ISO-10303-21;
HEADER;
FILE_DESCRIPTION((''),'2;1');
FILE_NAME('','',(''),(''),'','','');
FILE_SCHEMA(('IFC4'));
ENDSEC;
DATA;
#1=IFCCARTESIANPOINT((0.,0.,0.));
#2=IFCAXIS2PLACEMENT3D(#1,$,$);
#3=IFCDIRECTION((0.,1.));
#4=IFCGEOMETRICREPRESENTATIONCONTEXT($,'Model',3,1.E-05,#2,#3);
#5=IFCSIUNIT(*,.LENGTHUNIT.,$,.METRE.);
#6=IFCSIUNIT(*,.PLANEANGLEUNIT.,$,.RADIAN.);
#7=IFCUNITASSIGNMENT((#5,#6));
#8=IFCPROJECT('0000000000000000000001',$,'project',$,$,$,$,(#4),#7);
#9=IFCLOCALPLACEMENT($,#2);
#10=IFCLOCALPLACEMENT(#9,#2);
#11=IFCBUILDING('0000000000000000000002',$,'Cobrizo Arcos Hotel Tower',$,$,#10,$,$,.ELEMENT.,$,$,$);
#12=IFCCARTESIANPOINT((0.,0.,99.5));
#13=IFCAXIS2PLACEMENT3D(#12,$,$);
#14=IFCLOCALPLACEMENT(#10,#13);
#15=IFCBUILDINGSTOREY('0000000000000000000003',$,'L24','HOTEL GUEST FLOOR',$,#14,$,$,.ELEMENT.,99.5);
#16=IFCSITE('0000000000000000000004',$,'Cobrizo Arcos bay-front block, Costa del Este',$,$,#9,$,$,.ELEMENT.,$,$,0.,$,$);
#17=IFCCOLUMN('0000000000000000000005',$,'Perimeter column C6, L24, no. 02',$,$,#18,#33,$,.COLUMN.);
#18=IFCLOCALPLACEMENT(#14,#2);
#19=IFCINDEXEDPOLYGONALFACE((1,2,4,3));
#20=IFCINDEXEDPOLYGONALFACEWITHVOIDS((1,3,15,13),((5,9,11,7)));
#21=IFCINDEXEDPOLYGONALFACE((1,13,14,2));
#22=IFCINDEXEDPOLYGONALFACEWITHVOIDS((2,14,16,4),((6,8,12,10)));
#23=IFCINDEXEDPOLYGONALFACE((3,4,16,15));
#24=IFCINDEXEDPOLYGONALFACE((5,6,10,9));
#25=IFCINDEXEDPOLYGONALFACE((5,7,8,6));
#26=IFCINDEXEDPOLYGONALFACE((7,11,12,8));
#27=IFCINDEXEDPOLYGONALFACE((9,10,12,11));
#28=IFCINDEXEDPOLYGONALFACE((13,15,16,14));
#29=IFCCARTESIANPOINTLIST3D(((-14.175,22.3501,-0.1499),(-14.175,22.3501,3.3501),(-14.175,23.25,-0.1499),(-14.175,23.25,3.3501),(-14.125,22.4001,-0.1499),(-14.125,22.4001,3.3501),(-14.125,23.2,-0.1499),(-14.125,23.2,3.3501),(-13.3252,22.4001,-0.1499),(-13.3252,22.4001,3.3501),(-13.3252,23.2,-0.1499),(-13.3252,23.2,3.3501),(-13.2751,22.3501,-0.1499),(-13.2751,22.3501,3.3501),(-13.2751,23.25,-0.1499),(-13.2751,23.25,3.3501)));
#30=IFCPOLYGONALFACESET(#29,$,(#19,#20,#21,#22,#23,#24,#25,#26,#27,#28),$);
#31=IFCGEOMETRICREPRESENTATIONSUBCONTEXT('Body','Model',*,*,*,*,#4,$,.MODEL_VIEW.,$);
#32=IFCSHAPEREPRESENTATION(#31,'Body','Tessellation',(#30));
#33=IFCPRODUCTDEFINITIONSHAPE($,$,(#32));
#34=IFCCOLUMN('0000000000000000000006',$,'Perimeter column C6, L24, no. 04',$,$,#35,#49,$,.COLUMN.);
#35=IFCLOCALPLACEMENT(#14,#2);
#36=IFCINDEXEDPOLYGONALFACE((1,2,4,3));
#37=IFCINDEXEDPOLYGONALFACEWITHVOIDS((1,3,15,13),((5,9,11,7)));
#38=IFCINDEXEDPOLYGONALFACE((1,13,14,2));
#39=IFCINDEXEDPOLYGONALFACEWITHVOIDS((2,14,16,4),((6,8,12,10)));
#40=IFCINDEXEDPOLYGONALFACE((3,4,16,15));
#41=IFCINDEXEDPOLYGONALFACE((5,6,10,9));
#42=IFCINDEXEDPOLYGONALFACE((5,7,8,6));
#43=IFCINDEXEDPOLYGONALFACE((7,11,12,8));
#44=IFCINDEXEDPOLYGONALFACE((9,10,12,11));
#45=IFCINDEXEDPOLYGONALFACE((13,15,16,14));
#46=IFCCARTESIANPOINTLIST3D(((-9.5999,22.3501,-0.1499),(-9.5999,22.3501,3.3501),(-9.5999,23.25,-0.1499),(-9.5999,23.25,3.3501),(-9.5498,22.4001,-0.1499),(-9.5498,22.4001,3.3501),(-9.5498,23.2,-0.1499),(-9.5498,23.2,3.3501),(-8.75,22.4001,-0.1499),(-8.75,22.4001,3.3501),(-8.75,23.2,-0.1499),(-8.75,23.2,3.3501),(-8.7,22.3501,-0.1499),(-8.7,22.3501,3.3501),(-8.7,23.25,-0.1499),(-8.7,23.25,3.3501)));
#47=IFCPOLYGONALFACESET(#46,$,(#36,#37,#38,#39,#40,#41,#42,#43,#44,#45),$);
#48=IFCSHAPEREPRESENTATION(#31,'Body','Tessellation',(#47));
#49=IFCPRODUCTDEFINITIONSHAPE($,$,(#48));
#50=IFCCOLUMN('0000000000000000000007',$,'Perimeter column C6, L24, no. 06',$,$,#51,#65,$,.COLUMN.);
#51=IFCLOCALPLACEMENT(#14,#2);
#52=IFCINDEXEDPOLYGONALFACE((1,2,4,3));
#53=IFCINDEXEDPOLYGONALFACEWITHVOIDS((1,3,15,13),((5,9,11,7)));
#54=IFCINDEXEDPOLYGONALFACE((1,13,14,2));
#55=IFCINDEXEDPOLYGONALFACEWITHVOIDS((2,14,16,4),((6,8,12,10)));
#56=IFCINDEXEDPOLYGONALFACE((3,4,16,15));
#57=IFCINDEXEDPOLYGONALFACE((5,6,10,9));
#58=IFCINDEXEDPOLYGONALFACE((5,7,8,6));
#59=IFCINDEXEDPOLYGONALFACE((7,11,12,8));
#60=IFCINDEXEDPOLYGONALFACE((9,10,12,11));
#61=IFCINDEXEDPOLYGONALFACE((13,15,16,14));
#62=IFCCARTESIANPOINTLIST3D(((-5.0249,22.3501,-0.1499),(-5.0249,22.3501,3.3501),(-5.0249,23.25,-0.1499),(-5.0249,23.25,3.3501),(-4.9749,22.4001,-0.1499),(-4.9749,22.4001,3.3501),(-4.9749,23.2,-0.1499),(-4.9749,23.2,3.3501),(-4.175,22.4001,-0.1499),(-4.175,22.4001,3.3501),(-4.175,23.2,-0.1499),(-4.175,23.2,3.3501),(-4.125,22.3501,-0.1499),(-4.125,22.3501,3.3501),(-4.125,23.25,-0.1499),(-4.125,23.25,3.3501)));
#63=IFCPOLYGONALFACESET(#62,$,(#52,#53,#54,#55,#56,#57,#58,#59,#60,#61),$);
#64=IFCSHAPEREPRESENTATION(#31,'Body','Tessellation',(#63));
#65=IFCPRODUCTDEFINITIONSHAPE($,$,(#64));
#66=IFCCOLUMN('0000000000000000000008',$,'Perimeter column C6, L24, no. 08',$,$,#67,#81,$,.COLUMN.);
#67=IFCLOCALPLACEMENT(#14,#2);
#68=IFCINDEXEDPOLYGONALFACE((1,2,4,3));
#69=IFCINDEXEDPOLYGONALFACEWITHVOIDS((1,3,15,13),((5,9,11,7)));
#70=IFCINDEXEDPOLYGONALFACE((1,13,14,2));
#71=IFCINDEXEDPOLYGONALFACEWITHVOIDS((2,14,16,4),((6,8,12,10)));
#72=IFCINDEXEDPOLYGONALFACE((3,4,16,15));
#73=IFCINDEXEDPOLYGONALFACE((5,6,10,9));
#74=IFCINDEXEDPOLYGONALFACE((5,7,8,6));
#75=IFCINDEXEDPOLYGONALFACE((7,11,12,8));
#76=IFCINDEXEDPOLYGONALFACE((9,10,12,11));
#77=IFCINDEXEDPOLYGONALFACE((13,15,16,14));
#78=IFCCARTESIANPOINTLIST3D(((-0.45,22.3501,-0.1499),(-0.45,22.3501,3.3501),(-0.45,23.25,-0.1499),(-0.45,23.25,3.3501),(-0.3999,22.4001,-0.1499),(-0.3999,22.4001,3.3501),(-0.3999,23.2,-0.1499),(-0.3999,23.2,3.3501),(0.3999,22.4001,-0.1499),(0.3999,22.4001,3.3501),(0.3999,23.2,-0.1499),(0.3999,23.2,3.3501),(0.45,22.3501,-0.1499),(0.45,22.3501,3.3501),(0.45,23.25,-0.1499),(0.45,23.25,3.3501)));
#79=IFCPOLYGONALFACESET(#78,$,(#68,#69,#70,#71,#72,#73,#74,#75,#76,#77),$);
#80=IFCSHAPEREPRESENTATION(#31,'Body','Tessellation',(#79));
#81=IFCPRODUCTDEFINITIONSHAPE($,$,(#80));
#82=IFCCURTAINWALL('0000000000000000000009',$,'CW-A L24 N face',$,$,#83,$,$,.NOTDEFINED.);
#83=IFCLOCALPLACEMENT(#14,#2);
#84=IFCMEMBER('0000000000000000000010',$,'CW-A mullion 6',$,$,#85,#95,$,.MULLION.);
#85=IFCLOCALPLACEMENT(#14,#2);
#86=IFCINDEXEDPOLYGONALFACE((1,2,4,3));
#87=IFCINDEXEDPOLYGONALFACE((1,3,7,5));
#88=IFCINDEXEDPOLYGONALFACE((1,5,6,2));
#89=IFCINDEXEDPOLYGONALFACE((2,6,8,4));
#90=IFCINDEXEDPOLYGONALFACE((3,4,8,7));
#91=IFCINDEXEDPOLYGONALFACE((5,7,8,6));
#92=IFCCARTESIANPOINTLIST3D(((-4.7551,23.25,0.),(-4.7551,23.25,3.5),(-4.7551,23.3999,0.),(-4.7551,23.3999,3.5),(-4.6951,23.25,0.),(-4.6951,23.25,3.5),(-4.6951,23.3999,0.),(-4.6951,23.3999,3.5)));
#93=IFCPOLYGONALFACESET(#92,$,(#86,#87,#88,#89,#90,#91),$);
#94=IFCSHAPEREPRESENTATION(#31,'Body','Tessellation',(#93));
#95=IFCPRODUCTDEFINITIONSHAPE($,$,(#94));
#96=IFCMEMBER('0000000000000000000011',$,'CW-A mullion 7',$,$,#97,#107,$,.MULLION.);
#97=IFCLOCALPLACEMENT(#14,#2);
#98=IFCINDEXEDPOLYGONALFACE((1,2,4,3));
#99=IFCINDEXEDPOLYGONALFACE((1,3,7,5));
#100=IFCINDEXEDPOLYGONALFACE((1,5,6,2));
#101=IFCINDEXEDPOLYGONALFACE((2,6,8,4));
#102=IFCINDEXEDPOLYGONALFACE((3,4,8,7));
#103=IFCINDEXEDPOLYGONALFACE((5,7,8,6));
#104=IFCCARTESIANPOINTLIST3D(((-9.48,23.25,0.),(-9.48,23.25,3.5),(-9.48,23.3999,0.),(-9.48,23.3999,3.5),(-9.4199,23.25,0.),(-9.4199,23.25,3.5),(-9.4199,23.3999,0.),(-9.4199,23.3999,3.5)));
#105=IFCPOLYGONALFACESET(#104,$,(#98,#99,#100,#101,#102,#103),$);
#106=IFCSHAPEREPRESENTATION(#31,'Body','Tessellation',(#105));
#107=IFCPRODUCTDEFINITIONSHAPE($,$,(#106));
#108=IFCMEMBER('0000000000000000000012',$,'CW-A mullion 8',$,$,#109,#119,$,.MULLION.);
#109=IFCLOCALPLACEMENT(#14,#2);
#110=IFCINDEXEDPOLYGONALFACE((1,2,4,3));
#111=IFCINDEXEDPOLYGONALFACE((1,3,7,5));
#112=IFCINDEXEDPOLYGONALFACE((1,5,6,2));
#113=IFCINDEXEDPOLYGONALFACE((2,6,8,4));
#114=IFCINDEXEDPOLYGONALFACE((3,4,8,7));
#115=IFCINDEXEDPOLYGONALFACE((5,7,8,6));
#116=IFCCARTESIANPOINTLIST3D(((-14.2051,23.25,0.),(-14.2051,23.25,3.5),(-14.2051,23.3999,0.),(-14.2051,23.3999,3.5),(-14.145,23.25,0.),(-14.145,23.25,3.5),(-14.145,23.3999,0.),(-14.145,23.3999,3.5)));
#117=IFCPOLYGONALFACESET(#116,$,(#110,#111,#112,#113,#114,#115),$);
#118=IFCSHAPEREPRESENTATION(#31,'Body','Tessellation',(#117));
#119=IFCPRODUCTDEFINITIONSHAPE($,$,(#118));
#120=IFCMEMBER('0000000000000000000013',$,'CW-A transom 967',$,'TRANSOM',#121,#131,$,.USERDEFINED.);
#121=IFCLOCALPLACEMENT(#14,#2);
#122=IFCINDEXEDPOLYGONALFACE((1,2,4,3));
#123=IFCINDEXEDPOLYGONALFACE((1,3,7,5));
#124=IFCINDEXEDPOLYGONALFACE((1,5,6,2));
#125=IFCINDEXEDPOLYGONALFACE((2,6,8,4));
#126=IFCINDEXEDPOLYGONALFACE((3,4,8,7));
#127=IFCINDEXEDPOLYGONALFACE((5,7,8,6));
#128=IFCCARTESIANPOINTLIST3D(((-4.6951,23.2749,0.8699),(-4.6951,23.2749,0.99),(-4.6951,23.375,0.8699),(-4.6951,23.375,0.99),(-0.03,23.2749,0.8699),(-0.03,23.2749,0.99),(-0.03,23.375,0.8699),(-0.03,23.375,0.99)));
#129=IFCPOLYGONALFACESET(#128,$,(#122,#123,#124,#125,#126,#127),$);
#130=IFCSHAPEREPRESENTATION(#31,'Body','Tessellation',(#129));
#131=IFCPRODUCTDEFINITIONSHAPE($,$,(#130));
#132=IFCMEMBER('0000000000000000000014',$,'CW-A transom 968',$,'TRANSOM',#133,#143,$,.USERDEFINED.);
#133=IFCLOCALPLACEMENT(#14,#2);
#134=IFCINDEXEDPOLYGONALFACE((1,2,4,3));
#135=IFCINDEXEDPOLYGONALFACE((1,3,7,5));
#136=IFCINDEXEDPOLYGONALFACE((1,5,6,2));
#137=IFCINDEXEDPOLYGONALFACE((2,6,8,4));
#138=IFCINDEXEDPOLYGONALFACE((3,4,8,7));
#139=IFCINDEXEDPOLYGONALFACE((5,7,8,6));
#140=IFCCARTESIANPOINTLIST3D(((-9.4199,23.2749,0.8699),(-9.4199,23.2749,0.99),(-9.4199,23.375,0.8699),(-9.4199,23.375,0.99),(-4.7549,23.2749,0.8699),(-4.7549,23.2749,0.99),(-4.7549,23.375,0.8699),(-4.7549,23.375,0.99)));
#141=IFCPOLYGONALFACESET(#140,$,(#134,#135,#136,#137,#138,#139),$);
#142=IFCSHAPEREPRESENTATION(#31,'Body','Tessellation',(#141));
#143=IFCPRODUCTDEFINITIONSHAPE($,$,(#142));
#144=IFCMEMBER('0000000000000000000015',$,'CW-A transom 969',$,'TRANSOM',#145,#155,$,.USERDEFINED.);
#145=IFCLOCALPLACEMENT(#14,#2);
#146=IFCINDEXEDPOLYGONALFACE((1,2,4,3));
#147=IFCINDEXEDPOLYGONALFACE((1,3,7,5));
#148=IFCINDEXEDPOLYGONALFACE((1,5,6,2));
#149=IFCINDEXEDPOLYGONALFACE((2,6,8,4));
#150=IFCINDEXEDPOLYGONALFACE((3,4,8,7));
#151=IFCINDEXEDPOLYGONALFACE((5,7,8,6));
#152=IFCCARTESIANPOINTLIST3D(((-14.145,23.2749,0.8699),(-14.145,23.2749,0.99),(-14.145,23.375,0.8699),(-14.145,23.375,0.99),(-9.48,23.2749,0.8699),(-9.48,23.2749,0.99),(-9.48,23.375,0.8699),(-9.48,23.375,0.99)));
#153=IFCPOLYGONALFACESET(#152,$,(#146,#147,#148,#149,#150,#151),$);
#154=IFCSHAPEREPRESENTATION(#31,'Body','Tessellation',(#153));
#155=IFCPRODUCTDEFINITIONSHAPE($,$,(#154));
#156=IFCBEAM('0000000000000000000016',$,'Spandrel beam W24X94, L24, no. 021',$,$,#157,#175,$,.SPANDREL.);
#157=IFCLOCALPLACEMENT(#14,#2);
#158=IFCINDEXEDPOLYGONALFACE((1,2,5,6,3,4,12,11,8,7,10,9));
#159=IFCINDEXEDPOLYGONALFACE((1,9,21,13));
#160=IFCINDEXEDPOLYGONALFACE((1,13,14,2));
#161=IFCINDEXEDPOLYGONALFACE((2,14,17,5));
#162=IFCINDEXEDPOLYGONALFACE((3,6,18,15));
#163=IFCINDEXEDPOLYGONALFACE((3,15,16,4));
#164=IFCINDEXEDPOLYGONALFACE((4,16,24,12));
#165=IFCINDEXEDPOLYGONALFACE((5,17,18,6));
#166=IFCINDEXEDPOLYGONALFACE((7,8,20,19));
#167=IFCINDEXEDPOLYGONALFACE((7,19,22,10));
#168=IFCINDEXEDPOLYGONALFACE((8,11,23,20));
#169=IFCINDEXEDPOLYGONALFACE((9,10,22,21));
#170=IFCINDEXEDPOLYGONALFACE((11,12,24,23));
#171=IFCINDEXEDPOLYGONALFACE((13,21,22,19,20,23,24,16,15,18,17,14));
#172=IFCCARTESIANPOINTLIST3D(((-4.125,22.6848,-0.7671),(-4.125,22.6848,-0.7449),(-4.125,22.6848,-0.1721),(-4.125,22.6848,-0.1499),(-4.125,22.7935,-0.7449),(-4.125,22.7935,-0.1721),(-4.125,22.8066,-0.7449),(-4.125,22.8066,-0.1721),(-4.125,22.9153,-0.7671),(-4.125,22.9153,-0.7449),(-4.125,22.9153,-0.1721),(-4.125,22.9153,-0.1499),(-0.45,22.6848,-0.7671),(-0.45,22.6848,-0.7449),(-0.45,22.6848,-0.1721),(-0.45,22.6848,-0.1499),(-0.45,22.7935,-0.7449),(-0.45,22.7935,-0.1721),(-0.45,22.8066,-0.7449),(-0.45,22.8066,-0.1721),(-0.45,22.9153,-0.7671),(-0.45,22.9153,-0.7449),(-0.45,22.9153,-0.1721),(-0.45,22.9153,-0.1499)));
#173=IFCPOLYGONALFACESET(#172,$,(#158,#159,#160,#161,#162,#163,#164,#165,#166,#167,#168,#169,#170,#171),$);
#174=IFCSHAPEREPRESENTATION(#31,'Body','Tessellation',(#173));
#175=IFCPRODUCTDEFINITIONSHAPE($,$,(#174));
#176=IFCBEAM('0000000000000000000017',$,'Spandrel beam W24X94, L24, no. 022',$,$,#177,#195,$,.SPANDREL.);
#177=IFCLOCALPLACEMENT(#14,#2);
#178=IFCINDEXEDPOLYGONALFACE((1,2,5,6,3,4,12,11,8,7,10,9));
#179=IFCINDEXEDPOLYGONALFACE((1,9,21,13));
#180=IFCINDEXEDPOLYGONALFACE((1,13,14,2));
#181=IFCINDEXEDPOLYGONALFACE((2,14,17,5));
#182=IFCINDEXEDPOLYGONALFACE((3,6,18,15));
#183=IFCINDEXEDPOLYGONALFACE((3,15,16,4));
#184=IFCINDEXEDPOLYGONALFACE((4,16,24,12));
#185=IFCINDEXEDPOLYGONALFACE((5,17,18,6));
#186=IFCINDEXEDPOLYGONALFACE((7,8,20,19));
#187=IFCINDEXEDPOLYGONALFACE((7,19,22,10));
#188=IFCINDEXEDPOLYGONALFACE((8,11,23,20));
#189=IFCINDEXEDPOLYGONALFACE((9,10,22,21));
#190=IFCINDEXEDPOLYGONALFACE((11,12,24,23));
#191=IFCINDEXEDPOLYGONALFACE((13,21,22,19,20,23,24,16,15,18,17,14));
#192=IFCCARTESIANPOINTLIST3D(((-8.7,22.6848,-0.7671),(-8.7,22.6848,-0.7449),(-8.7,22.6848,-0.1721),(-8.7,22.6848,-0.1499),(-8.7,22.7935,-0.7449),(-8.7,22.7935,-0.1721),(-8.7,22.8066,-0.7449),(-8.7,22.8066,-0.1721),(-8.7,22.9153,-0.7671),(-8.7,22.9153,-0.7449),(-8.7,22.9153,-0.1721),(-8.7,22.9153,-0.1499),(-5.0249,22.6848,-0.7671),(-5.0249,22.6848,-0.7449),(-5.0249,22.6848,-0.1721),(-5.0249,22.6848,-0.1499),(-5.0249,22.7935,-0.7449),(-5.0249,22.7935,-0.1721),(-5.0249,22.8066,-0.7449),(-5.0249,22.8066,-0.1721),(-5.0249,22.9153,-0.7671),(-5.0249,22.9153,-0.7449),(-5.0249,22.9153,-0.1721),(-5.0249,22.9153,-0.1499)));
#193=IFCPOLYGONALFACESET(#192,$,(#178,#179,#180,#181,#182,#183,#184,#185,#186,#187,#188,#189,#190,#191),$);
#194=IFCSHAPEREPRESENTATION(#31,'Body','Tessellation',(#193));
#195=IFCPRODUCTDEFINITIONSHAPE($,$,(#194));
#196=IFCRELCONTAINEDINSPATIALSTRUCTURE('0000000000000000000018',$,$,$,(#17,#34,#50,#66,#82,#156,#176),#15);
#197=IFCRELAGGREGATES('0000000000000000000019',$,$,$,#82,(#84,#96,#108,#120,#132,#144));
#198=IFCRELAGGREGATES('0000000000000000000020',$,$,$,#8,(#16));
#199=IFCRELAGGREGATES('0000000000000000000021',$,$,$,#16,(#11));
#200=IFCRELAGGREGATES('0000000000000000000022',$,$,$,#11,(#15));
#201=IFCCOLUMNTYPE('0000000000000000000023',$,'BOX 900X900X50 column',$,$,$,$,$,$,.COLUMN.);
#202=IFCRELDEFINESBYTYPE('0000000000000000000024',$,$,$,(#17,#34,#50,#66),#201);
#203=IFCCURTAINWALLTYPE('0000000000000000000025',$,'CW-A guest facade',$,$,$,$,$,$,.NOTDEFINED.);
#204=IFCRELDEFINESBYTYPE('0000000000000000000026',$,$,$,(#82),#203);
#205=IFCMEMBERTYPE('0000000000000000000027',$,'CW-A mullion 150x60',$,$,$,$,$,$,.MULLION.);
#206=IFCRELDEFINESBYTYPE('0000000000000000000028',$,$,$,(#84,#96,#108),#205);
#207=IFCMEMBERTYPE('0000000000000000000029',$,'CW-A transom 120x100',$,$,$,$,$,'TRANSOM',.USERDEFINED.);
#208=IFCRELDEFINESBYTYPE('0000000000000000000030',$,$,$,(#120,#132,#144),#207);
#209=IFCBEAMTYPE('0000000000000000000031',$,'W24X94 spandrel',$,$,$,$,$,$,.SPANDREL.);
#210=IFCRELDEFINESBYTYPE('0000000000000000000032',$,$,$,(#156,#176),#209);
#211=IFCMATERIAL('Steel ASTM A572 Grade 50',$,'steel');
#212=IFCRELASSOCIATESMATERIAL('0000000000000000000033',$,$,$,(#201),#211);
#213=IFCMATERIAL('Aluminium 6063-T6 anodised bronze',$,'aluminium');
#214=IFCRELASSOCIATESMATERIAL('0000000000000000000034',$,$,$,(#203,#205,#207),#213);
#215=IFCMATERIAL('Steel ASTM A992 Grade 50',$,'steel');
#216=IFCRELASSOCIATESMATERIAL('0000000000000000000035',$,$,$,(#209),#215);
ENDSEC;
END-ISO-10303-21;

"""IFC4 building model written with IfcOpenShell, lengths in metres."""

from ifc_helpers import new_model, si_unit, direction, frame, origin, origin_2d, place, context, subcontext, project, spatial, rectangle, hollow_rectangle, i_section, extrude, material, material_profile, profile_set, type_object, element, aggregate, save


model = new_model("IFC4")

# Units and contexts
model_context = context("Model", 3, precision=1e-05, world=origin(), true_north=direction((0.0, 1.0)))
body_context = subcontext(model_context, "Body", "Model", "MODEL_VIEW")
ifc_project = project(units=[si_unit("LENGTHUNIT", "METRE"), si_unit("PLANEANGLEUNIT", "RADIAN")], contexts=[model_context])

# Site, building, storey
site_placement = place(None, origin())
site = spatial("IfcSite", under=ifc_project, at=site_placement, Name="Cobrizo Arcos bay-front block, Costa del Este", CompositionType="ELEMENT", RefElevation=0.0)
building_placement = place(site_placement, origin())
building = spatial("IfcBuilding", under=site, at=building_placement, Name="Cobrizo Arcos Hotel Tower", CompositionType="ELEMENT")
storey_placement = place(building_placement, frame((0.0, 0.0, 99.5)))
storey = spatial("IfcBuildingStorey", under=building, at=storey_placement, Name="L24", Description="HOTEL GUEST FLOOR", CompositionType="ELEMENT", Elevation=99.5)

# Columns
ifc_material_1 = material(Name="Steel ASTM A572 Grade 50", Category="steel")
ifc_material_profile_1 = material_profile(ifc_material_1, hollow_rectangle(XDim=0.8999, YDim=0.8999, WallThickness=0.05, at=origin_2d()), Name="BOX 900X900X50")
ifc_profile_set_1 = profile_set([ifc_material_profile_1], Name="Steel ASTM A572 Grade 50")
column_type = type_object("IfcColumnType", Name="BOX 900X900X50 column", PredefinedType="COLUMN", material=ifc_profile_set_1)
for number, where, z_axis, x_axis, name in (
    (1, (-13.7251, 22.8, -0.1499), (0.0, 0.0, 1.0), (1.0, 0.0, 0.0), "Perimeter column C6, L24, no. 02"),
    (2, (-9.1499, 22.8, -0.1499), (0.0, 0.0, 1.0), (1.0, 0.0, 0.0), "Perimeter column C6, L24, no. 04"),
    (3, (-4.575, 22.8, -0.1499), (0.0, 0.0, 1.0), (1.0, 0.0, 0.0), "Perimeter column C6, L24, no. 06"),
    (4, (0.0, 22.8, -0.1499), (0.0, 0.0, 1.0), (1.0, 0.0, 0.0), "Perimeter column C6, L24, no. 08"),
):
    element("IfcColumn", number, at=place(storey_placement, frame(where, z_axis=z_axis, x_axis=x_axis)), inside=storey, type_object=column_type, Name=name, PredefinedType="COLUMN", context=body_context, shape_type="SweptSolid", body=[
        extrude(hollow_rectangle(XDim=0.8999, YDim=0.8999, WallThickness=0.05, at=origin_2d()), origin(), (0.0, 0.0, 1.0), 3.5),
    ])

# Curtain wall, members
ifc_material_2 = material(Name="Aluminium 6063-T6 anodised bronze", Category="aluminium")
curtain_wall_type = type_object("IfcCurtainWallType", Name="CW-A guest facade", PredefinedType="NOTDEFINED", material=ifc_material_2)
curtain_wall_placement = place(storey_placement, origin())
curtain_wall = element("IfcCurtainWall", 5, at=curtain_wall_placement, inside=storey, type_object=curtain_wall_type, Name="CW-A L24 N face", PredefinedType="NOTDEFINED")
ifc_material_profile_2 = material_profile(ifc_material_2, rectangle(XDim=0.1499, YDim=0.0601, at=origin_2d()), Name="CW-A mullion 150x60")
ifc_profile_set_2 = profile_set([ifc_material_profile_2], Name="Aluminium 6063-T6 anodised bronze")
member_type_1 = type_object("IfcMemberType", Name="CW-A mullion 150x60", PredefinedType="MULLION", material=ifc_profile_set_2)
member_1_placement = place(storey_placement, frame((-4.7251, 23.325, 0.0), z_axis=(0.0, 0.0, 1.0), x_axis=(0.0, 1.0, 0.0)))
member_1 = element("IfcMember", 6, at=member_1_placement, type_object=member_type_1, Name="CW-A mullion 6", PredefinedType="MULLION", context=body_context, shape_type="SweptSolid", body=[
    extrude(rectangle(XDim=0.1499, YDim=0.0601, at=origin_2d()), origin(), (0.0, 0.0, 1.0), 3.5),
])
member_2_placement = place(storey_placement, frame((-9.45, 23.325, 0.0), z_axis=(0.0, 0.0, 1.0), x_axis=(0.0, 1.0, 0.0)))
member_2 = element("IfcMember", 7, at=member_2_placement, type_object=member_type_1, Name="CW-A mullion 7", PredefinedType="MULLION", context=body_context, shape_type="SweptSolid", body=[
    extrude(rectangle(XDim=0.1499, YDim=0.0601, at=origin_2d()), origin(), (0.0, 0.0, 1.0), 3.5),
])
member_3_placement = place(storey_placement, frame((-14.175, 23.325, 0.0), z_axis=(0.0, 0.0, 1.0), x_axis=(0.0, 1.0, 0.0)))
member_3 = element("IfcMember", 8, at=member_3_placement, type_object=member_type_1, Name="CW-A mullion 8", PredefinedType="MULLION", context=body_context, shape_type="SweptSolid", body=[
    extrude(rectangle(XDim=0.1499, YDim=0.0601, at=origin_2d()), origin(), (0.0, 0.0, 1.0), 3.5),
])
ifc_material_profile_3 = material_profile(ifc_material_2, rectangle(XDim=0.1001, YDim=0.1201, at=origin_2d()), Name="CW-A transom 120x100")
ifc_profile_set_3 = profile_set([ifc_material_profile_3], Name="Aluminium 6063-T6 anodised bronze")
member_type_2 = type_object("IfcMemberType", Name="CW-A transom 120x100", ElementType="TRANSOM", PredefinedType="USERDEFINED", material=ifc_profile_set_3)
member_4_placement = place(storey_placement, frame((-0.03, 23.325, 0.9299), z_axis=(-1.0, 0.0, 0.0), x_axis=(0.0, -1.0, 0.0)))
member_4 = element("IfcMember", 9, at=member_4_placement, type_object=member_type_2, Name="CW-A transom 967", ObjectType="TRANSOM", PredefinedType="USERDEFINED", context=body_context, shape_type="SweptSolid", body=[
    extrude(rectangle(XDim=0.1001, YDim=0.1201, at=origin_2d()), origin(), (0.0, 0.0, 1.0), 4.665),
])
member_5_placement = place(storey_placement, frame((-4.7549, 23.325, 0.9299), z_axis=(-1.0, 0.0, 0.0), x_axis=(0.0, -1.0, 0.0)))
member_5 = element("IfcMember", 10, at=member_5_placement, type_object=member_type_2, Name="CW-A transom 968", ObjectType="TRANSOM", PredefinedType="USERDEFINED", context=body_context, shape_type="SweptSolid", body=[
    extrude(rectangle(XDim=0.1001, YDim=0.1201, at=origin_2d()), origin(), (0.0, 0.0, 1.0), 4.665),
])
member_6_placement = place(storey_placement, frame((-9.48, 23.325, 0.9299), z_axis=(-1.0, 0.0, 0.0), x_axis=(0.0, -1.0, 0.0)))
member_6 = element("IfcMember", 11, at=member_6_placement, type_object=member_type_2, Name="CW-A transom 969", ObjectType="TRANSOM", PredefinedType="USERDEFINED", context=body_context, shape_type="SweptSolid", body=[
    extrude(rectangle(XDim=0.1001, YDim=0.1201, at=origin_2d()), origin(), (0.0, 0.0, 1.0), 4.665),
])

# Beams
ifc_material_3 = material(Name="Steel ASTM A992 Grade 50", Category="steel")
ifc_material_profile_4 = material_profile(ifc_material_3, i_section(OverallWidth=0.2305, OverallDepth=0.6172, WebThickness=0.0132, FlangeThickness=0.0222, at=origin_2d()), Name="W24X94")
ifc_profile_set_4 = profile_set([ifc_material_profile_4], Name="Steel ASTM A992 Grade 50")
beam_type = type_object("IfcBeamType", Name="W24X94 spandrel", PredefinedType="SPANDREL", material=ifc_profile_set_4)
for number, where, z_axis, x_axis, name in (
    (12, (-0.45, 22.8, -0.4585), (-1.0, 0.0, 0.0), (0.0, -1.0, 0.0), "Spandrel beam W24X94, L24, no. 021"),
    (13, (-5.0249, 22.8, -0.4585), (-1.0, 0.0, 0.0), (0.0, -1.0, 0.0), "Spandrel beam W24X94, L24, no. 022"),
):
    element("IfcBeam", number, at=place(storey_placement, frame(where, z_axis=z_axis, x_axis=x_axis)), inside=storey, type_object=beam_type, Name=name, PredefinedType="SPANDREL", context=body_context, shape_type="SweptSolid", body=[
        extrude(i_section(OverallWidth=0.2305, OverallDepth=0.6172, WebThickness=0.0132, FlangeThickness=0.0222, at=origin_2d()), origin(), (0.0, 0.0, 1.0), 3.675),
    ])

aggregate(curtain_wall, [member_1, member_2, member_3, member_4, member_5, member_6])

save(model, "model.ifc")
